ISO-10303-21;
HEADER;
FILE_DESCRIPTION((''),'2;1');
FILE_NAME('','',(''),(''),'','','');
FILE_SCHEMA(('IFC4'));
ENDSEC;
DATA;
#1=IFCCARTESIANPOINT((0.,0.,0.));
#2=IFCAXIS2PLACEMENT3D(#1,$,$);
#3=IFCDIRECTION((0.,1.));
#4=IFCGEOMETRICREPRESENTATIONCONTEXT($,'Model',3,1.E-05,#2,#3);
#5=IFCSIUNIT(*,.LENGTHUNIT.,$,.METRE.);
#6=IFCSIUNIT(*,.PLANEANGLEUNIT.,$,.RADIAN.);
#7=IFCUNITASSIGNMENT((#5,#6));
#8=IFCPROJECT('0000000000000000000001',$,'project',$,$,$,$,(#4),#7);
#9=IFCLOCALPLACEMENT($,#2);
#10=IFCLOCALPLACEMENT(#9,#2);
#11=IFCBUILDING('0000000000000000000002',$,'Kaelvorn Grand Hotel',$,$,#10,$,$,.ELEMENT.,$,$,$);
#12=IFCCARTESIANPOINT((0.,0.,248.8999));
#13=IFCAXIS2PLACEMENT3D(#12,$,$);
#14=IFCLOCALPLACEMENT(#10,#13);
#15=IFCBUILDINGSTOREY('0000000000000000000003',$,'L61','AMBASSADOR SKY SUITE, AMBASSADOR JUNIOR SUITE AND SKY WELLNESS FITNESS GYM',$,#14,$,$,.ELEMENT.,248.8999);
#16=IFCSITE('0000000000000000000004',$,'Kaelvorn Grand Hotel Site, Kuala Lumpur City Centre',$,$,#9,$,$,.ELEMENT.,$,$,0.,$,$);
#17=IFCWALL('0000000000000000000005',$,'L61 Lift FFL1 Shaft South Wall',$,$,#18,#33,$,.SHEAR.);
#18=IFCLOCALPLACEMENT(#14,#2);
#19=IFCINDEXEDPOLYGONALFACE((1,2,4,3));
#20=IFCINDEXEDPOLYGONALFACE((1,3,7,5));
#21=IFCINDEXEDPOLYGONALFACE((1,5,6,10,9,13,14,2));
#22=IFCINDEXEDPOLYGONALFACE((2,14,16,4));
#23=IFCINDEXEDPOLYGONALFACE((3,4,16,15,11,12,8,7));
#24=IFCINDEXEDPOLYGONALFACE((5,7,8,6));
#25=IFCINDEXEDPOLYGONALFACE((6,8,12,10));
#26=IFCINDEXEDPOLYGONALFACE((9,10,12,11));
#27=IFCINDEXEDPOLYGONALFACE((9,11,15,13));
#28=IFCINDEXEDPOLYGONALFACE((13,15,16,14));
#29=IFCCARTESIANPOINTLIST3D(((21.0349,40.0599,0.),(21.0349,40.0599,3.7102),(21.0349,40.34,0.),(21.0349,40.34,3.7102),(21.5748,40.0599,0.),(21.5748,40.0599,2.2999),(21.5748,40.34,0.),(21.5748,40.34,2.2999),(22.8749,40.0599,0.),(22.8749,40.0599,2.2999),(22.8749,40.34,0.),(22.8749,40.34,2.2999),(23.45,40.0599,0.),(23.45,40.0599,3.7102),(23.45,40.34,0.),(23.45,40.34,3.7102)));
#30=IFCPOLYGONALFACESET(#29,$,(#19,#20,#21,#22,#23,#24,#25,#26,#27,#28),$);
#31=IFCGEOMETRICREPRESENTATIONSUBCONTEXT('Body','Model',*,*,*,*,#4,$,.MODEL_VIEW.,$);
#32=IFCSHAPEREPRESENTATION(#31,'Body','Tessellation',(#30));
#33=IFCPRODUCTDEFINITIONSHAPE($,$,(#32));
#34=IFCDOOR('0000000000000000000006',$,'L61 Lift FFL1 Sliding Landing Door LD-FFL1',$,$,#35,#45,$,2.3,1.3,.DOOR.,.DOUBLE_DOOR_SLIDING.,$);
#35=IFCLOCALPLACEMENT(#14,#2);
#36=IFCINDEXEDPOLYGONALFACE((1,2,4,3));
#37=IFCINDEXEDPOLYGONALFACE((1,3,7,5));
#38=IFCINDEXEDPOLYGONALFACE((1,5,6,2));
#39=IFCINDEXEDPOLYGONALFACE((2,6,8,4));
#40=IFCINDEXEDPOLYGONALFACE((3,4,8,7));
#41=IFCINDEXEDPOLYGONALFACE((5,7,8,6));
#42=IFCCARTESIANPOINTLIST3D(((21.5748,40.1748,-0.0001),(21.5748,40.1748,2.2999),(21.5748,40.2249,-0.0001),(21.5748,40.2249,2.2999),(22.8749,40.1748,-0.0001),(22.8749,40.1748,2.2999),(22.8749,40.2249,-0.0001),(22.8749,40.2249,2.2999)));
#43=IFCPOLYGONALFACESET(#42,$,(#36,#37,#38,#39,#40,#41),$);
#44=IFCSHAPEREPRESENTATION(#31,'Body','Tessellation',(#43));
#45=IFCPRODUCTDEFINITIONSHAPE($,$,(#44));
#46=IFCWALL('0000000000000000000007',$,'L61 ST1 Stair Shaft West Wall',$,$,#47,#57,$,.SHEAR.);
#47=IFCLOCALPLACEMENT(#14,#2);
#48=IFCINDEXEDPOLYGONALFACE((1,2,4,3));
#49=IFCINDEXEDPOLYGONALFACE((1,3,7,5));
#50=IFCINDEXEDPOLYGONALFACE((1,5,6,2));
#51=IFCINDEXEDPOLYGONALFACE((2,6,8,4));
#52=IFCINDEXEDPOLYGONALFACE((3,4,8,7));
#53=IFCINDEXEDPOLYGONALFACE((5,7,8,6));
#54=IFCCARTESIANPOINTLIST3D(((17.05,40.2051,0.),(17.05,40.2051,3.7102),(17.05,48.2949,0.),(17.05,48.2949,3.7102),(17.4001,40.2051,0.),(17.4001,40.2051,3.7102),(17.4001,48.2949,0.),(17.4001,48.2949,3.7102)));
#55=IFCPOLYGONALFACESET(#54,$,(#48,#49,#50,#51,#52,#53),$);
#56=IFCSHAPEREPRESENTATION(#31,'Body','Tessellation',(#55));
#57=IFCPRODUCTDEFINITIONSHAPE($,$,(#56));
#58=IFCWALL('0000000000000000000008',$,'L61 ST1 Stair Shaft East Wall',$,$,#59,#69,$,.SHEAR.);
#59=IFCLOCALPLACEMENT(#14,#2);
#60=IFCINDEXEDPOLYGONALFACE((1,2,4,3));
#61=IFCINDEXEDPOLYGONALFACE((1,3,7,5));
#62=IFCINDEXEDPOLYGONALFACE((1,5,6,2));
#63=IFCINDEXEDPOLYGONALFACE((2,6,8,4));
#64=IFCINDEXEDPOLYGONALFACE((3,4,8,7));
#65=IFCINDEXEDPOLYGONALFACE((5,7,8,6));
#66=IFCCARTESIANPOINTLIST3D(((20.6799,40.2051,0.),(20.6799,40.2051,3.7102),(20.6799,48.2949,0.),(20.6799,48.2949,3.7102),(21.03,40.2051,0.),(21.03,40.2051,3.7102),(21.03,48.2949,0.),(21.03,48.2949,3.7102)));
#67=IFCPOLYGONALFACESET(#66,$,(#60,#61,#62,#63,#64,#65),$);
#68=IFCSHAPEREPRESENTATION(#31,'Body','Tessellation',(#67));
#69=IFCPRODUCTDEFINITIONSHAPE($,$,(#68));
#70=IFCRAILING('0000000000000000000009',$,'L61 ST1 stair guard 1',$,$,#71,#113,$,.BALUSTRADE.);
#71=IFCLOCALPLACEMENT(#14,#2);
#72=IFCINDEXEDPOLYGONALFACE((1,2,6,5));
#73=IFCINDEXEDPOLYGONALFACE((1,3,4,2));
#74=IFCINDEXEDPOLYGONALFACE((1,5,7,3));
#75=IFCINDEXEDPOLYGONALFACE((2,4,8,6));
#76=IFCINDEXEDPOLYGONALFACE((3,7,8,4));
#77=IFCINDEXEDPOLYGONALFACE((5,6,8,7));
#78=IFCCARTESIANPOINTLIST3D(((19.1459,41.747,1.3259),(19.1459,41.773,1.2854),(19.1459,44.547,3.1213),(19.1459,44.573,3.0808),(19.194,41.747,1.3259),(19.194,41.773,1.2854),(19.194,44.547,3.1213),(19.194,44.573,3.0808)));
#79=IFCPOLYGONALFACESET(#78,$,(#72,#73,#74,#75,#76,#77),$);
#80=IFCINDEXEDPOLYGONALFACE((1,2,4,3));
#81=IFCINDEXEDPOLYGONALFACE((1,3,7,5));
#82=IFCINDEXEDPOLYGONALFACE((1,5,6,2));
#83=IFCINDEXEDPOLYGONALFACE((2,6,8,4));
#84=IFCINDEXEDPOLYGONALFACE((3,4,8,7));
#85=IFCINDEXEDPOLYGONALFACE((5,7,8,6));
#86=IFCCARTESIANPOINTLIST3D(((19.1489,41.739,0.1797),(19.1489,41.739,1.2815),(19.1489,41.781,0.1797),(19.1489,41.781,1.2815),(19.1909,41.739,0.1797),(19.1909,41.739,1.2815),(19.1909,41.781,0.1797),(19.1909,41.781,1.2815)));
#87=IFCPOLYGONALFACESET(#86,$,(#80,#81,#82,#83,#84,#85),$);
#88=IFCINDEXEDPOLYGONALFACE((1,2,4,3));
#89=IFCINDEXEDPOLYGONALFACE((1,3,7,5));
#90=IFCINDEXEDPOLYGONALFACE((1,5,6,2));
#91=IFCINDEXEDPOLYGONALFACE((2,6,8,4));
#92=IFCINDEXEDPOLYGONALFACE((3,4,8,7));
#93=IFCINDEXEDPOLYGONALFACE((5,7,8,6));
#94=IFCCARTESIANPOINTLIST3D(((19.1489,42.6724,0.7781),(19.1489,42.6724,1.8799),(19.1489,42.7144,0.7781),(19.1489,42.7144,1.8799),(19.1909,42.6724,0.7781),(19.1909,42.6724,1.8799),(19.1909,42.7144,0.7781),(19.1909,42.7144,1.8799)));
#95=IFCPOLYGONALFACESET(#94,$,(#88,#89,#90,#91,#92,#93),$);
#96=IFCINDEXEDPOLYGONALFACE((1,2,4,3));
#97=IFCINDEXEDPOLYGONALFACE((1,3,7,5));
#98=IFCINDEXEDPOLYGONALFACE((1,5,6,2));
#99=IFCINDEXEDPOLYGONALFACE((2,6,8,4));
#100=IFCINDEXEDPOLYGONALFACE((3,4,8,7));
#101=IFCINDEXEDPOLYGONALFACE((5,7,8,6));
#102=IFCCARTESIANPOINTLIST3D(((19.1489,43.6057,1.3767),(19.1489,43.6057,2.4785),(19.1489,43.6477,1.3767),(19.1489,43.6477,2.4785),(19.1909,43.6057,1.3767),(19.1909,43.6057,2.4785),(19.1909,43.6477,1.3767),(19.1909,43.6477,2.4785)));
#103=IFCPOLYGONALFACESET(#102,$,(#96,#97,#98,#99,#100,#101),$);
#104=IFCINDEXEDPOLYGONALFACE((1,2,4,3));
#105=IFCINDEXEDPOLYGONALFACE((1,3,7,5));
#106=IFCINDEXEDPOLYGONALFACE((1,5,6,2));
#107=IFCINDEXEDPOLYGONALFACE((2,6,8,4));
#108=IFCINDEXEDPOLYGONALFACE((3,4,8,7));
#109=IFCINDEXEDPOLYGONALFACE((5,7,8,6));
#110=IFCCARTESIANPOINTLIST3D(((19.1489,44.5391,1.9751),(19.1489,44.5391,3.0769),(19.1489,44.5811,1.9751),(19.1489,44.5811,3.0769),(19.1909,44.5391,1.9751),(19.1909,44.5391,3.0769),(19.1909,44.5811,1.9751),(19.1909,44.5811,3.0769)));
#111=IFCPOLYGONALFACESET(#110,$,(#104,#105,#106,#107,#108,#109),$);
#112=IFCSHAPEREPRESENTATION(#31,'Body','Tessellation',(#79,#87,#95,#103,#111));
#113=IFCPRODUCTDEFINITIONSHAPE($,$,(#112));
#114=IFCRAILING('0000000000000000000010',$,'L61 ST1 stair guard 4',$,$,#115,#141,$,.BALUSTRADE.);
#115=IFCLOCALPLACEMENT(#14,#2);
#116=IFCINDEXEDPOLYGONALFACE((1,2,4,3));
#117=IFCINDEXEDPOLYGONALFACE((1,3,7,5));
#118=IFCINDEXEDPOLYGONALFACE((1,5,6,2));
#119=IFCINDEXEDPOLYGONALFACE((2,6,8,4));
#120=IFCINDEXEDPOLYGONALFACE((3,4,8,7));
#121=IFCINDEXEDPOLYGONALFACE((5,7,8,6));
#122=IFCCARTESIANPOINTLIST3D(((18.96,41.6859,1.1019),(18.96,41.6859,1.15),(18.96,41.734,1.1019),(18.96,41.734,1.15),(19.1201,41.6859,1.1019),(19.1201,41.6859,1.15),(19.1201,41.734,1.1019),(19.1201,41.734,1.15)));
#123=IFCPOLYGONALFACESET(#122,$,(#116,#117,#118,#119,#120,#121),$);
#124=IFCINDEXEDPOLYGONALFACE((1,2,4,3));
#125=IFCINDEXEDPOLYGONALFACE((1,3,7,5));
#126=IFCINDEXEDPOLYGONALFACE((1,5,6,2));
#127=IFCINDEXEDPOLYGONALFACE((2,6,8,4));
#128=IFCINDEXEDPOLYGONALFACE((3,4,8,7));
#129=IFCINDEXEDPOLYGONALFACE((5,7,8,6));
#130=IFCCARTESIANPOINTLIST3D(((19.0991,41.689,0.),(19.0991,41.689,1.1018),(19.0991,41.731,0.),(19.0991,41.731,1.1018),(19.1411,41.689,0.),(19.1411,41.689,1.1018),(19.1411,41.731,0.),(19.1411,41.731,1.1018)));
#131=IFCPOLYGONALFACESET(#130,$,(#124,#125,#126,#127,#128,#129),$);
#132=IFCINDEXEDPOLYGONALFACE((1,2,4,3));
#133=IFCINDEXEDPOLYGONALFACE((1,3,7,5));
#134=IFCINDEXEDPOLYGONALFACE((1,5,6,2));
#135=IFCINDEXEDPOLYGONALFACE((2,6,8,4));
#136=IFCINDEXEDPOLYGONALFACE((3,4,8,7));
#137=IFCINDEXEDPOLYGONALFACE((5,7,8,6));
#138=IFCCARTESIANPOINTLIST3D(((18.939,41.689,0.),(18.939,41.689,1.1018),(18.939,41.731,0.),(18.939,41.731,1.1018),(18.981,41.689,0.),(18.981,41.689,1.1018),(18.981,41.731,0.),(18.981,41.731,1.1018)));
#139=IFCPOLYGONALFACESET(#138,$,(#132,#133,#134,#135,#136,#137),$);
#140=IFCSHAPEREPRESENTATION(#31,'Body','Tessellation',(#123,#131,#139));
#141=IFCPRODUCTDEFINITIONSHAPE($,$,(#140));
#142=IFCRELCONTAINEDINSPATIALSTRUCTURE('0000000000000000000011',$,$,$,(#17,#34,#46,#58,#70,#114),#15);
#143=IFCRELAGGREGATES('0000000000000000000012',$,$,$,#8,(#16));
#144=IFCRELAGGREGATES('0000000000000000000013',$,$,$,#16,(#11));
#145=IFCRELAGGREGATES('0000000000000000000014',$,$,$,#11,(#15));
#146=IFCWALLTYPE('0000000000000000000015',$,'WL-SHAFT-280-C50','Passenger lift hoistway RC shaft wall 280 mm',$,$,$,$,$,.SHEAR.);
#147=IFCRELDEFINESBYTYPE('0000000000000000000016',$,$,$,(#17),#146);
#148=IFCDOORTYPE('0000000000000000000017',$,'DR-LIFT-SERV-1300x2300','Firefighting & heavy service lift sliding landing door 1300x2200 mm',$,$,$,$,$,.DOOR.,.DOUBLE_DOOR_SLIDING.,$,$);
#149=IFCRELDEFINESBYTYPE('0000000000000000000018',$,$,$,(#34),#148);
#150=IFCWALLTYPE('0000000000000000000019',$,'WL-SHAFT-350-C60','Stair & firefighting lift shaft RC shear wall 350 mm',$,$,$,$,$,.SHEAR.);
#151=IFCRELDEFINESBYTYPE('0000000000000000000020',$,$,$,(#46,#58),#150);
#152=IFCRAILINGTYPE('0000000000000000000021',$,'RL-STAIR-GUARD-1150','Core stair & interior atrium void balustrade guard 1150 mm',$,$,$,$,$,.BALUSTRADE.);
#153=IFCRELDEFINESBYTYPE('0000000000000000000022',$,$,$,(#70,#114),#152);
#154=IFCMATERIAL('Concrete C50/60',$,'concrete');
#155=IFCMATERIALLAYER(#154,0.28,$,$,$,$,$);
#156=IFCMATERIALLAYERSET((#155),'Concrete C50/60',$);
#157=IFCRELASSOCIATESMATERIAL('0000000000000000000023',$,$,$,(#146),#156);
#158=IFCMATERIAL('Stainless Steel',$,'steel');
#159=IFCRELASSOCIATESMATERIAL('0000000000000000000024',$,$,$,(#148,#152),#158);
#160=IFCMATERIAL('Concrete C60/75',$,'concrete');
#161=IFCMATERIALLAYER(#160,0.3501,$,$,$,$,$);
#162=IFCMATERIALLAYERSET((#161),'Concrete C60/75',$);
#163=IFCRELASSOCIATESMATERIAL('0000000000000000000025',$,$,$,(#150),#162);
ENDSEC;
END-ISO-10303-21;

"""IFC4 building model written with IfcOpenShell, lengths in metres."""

from ifc_helpers import new_model, si_unit, direction, frame, frame_2d, origin, origin_2d, place, context, subcontext, project, spatial, rectangle, extrude, material, layer, layer_set, type_object, element, fill, save


model = new_model("IFC4")

# Units and contexts
model_context = context("Model", 3, precision=1e-05, world=origin(), true_north=direction((0.0, 1.0)))
body_context = subcontext(model_context, "Body", "Model", "MODEL_VIEW")
ifc_project = project(units=[si_unit("LENGTHUNIT", "METRE"), si_unit("PLANEANGLEUNIT", "RADIAN")], contexts=[model_context])

# Site, building, storey
site_placement = place(None, origin())
site = spatial("IfcSite", under=ifc_project, at=site_placement, Name="Kaelvorn Grand Hotel Site, Kuala Lumpur City Centre", CompositionType="ELEMENT", RefElevation=0.0)
building_placement = place(site_placement, origin())
building = spatial("IfcBuilding", under=site, at=building_placement, Name="Kaelvorn Grand Hotel", CompositionType="ELEMENT")
storey_placement = place(building_placement, frame((0.0, 0.0, 248.8999)))
storey = spatial("IfcBuildingStorey", under=building, at=storey_placement, Name="L61", Description="AMBASSADOR SKY SUITE, AMBASSADOR JUNIOR SUITE AND SKY WELLNESS FITNESS GYM", CompositionType="ELEMENT", Elevation=248.8999)

# Shared definitions
ifc_material_1 = material(Name="Concrete C50/60", Category="concrete")

# Wall, opening, door
ifc_layer_1 = layer(ifc_material_1, 0.28)
ifc_layer_set_1 = layer_set([ifc_layer_1], Name="Concrete C50/60")
wall_type_1 = type_object("IfcWallType", Name="WL-SHAFT-280-C50", Description="Passenger lift hoistway RC shaft wall 280 mm", PredefinedType="SHEAR", material=ifc_layer_set_1)
wall_1_placement = place(storey_placement, frame((21.0349, 40.2, 0.0), z_axis=(0.0, 0.0, 1.0), x_axis=(1.0, 0.0, 0.0)))
wall_1 = element("IfcWall", 1, at=wall_1_placement, inside=storey, type_object=wall_type_1, Name="L61 Lift FFL1 Shaft South Wall", PredefinedType="SHEAR", context=body_context, shape_type="SweptSolid", body=[
    extrude(rectangle(XDim=2.415, YDim=0.28, at=frame_2d((1.2075, 0.0))), origin(), (0.0, 0.0, 1.0), 3.7102),
])
opening_1_placement = place(wall_1_placement, frame((0.54, 0.0, 0.0)))
opening_1 = element("IfcOpeningElement", 2, at=opening_1_placement, cuts=wall_1, PredefinedType="OPENING", context=body_context, shape_type="SweptSolid", body=[
    extrude(rectangle(XDim=1.3, YDim=2.3, at=frame_2d((0.6499, 1.1499))), frame((0.0, 0.1499, 0.0), z_axis=(0.0, -1.0, 0.0), x_axis=(1.0, 0.0, 0.0)), (0.0, 0.0, 1.0), 0.3),
])
ifc_material_2 = material(Name="Stainless Steel", Category="steel")
door_type_1 = type_object("IfcDoorType", Name="DR-LIFT-SERV-1300x2300", Description="Firefighting & heavy service lift sliding landing door 1300x2200 mm", OperationType="DOUBLE_DOOR_SLIDING", PredefinedType="DOOR", material=ifc_material_2)
door_1_placement = place(opening_1_placement, origin())
door_1 = element("IfcDoor", 3, at=door_1_placement, inside=storey, type_object=door_type_1, Name="L61 Lift FFL1 Sliding Landing Door LD-FFL1", OperationType="DOUBLE_DOOR_SLIDING", OverallHeight=2.3, OverallWidth=1.3, PredefinedType="DOOR", context=body_context, shape_type="SweptSolid", body=[
    extrude(rectangle(XDim=1.3, YDim=2.3, at=frame_2d((0.6499, 1.1499))), frame((0.0, 0.0249, 0.0), z_axis=(0.0, -1.0, 0.0), x_axis=(1.0, 0.0, 0.0)), (0.0, 0.0, 1.0), 0.05),
])
fill(opening_1, door_1)
ifc_material_3 = material(Name="Concrete C60/75", Category="concrete")
ifc_layer_2 = layer(ifc_material_3, 0.3501)
ifc_layer_set_2 = layer_set([ifc_layer_2], Name="Concrete C60/75")
wall_type_2 = type_object("IfcWallType", Name="WL-SHAFT-350-C60", Description="Stair & firefighting lift shaft RC shear wall 350 mm", PredefinedType="SHEAR", material=ifc_layer_set_2)

# Walls
for number, where, z_axis, x_axis, name in (
    (4, (17.2251, 40.2051, 0.0), (0.0, 0.0, 1.0), (0.0, 1.0, 0.0), "L61 ST1 Stair Shaft West Wall"),
    (5, (20.855, 40.2051, 0.0), (0.0, 0.0, 1.0), (0.0, 1.0, 0.0), "L61 ST1 Stair Shaft East Wall"),
):
    element("IfcWall", number, at=place(storey_placement, frame(where, z_axis=z_axis, x_axis=x_axis)), inside=storey, type_object=wall_type_2, Name=name, PredefinedType="SHEAR", context=body_context, shape_type="SweptSolid", body=[
        extrude(rectangle(XDim=8.0898, YDim=0.3501, at=frame_2d((4.0449, 0.0))), origin(), (0.0, 0.0, 1.0), 3.7102),
    ])

# Railings
railing_type = type_object("IfcRailingType", Name="RL-STAIR-GUARD-1150", Description="Core stair & interior atrium void balustrade guard 1150 mm", PredefinedType="BALUSTRADE", material=ifc_material_2)
railing_1_placement = place(storey_placement, frame((19.1699, 41.76, 0.1797)))
element("IfcRailing", 6, at=railing_1_placement, inside=storey, type_object=railing_type, Name="L61 ST1 stair guard 1", PredefinedType="BALUSTRADE", context=body_context, shape_type="SweptSolid", body=[
    extrude(rectangle(XDim=0.0481, YDim=0.0481, at=origin_2d()), frame((0.0, 0.0, 1.126), z_axis=(0.0, 0.84181, 0.539774), x_axis=(-1.0, 0.0, 0.0)), (0.0, 0.0, 1.0), 3.3262),
    extrude(rectangle(XDim=0.042, YDim=0.042, at=origin_2d()), origin(), (0.0, 0.0, 1.0), 1.1018),
    extrude(rectangle(XDim=0.042, YDim=0.042, at=origin_2d()), frame((0.0, 0.9333, 0.5984)), (0.0, 0.0, 1.0), 1.1018),
    extrude(rectangle(XDim=0.042, YDim=0.042, at=origin_2d()), frame((0.0, 1.8667, 1.197)), (0.0, 0.0, 1.0), 1.1018),
    extrude(rectangle(XDim=0.042, YDim=0.042, at=origin_2d()), frame((0.0, 2.8, 1.7954)), (0.0, 0.0, 1.0), 1.1018),
])
railing_2_placement = place(storey_placement, frame((19.1201, 41.71, 0.0)))
element("IfcRailing", 7, at=railing_2_placement, inside=storey, type_object=railing_type, Name="L61 ST1 stair guard 4", PredefinedType="BALUSTRADE", context=body_context, shape_type="SweptSolid", body=[
    extrude(rectangle(XDim=0.0481, YDim=0.0481, at=origin_2d()), frame((0.0, 0.0, 1.126), z_axis=(-1.0, 0.0, 0.0), x_axis=(0.0, -1.0, 0.0)), (0.0, 0.0, 1.0), 0.1602),
    extrude(rectangle(XDim=0.042, YDim=0.042, at=origin_2d()), origin(), (0.0, 0.0, 1.0), 1.1018),
    extrude(rectangle(XDim=0.042, YDim=0.042, at=origin_2d()), frame((-0.1602, 0.0, 0.0)), (0.0, 0.0, 1.0), 1.1018),
])

save(model, "model.ifc")
